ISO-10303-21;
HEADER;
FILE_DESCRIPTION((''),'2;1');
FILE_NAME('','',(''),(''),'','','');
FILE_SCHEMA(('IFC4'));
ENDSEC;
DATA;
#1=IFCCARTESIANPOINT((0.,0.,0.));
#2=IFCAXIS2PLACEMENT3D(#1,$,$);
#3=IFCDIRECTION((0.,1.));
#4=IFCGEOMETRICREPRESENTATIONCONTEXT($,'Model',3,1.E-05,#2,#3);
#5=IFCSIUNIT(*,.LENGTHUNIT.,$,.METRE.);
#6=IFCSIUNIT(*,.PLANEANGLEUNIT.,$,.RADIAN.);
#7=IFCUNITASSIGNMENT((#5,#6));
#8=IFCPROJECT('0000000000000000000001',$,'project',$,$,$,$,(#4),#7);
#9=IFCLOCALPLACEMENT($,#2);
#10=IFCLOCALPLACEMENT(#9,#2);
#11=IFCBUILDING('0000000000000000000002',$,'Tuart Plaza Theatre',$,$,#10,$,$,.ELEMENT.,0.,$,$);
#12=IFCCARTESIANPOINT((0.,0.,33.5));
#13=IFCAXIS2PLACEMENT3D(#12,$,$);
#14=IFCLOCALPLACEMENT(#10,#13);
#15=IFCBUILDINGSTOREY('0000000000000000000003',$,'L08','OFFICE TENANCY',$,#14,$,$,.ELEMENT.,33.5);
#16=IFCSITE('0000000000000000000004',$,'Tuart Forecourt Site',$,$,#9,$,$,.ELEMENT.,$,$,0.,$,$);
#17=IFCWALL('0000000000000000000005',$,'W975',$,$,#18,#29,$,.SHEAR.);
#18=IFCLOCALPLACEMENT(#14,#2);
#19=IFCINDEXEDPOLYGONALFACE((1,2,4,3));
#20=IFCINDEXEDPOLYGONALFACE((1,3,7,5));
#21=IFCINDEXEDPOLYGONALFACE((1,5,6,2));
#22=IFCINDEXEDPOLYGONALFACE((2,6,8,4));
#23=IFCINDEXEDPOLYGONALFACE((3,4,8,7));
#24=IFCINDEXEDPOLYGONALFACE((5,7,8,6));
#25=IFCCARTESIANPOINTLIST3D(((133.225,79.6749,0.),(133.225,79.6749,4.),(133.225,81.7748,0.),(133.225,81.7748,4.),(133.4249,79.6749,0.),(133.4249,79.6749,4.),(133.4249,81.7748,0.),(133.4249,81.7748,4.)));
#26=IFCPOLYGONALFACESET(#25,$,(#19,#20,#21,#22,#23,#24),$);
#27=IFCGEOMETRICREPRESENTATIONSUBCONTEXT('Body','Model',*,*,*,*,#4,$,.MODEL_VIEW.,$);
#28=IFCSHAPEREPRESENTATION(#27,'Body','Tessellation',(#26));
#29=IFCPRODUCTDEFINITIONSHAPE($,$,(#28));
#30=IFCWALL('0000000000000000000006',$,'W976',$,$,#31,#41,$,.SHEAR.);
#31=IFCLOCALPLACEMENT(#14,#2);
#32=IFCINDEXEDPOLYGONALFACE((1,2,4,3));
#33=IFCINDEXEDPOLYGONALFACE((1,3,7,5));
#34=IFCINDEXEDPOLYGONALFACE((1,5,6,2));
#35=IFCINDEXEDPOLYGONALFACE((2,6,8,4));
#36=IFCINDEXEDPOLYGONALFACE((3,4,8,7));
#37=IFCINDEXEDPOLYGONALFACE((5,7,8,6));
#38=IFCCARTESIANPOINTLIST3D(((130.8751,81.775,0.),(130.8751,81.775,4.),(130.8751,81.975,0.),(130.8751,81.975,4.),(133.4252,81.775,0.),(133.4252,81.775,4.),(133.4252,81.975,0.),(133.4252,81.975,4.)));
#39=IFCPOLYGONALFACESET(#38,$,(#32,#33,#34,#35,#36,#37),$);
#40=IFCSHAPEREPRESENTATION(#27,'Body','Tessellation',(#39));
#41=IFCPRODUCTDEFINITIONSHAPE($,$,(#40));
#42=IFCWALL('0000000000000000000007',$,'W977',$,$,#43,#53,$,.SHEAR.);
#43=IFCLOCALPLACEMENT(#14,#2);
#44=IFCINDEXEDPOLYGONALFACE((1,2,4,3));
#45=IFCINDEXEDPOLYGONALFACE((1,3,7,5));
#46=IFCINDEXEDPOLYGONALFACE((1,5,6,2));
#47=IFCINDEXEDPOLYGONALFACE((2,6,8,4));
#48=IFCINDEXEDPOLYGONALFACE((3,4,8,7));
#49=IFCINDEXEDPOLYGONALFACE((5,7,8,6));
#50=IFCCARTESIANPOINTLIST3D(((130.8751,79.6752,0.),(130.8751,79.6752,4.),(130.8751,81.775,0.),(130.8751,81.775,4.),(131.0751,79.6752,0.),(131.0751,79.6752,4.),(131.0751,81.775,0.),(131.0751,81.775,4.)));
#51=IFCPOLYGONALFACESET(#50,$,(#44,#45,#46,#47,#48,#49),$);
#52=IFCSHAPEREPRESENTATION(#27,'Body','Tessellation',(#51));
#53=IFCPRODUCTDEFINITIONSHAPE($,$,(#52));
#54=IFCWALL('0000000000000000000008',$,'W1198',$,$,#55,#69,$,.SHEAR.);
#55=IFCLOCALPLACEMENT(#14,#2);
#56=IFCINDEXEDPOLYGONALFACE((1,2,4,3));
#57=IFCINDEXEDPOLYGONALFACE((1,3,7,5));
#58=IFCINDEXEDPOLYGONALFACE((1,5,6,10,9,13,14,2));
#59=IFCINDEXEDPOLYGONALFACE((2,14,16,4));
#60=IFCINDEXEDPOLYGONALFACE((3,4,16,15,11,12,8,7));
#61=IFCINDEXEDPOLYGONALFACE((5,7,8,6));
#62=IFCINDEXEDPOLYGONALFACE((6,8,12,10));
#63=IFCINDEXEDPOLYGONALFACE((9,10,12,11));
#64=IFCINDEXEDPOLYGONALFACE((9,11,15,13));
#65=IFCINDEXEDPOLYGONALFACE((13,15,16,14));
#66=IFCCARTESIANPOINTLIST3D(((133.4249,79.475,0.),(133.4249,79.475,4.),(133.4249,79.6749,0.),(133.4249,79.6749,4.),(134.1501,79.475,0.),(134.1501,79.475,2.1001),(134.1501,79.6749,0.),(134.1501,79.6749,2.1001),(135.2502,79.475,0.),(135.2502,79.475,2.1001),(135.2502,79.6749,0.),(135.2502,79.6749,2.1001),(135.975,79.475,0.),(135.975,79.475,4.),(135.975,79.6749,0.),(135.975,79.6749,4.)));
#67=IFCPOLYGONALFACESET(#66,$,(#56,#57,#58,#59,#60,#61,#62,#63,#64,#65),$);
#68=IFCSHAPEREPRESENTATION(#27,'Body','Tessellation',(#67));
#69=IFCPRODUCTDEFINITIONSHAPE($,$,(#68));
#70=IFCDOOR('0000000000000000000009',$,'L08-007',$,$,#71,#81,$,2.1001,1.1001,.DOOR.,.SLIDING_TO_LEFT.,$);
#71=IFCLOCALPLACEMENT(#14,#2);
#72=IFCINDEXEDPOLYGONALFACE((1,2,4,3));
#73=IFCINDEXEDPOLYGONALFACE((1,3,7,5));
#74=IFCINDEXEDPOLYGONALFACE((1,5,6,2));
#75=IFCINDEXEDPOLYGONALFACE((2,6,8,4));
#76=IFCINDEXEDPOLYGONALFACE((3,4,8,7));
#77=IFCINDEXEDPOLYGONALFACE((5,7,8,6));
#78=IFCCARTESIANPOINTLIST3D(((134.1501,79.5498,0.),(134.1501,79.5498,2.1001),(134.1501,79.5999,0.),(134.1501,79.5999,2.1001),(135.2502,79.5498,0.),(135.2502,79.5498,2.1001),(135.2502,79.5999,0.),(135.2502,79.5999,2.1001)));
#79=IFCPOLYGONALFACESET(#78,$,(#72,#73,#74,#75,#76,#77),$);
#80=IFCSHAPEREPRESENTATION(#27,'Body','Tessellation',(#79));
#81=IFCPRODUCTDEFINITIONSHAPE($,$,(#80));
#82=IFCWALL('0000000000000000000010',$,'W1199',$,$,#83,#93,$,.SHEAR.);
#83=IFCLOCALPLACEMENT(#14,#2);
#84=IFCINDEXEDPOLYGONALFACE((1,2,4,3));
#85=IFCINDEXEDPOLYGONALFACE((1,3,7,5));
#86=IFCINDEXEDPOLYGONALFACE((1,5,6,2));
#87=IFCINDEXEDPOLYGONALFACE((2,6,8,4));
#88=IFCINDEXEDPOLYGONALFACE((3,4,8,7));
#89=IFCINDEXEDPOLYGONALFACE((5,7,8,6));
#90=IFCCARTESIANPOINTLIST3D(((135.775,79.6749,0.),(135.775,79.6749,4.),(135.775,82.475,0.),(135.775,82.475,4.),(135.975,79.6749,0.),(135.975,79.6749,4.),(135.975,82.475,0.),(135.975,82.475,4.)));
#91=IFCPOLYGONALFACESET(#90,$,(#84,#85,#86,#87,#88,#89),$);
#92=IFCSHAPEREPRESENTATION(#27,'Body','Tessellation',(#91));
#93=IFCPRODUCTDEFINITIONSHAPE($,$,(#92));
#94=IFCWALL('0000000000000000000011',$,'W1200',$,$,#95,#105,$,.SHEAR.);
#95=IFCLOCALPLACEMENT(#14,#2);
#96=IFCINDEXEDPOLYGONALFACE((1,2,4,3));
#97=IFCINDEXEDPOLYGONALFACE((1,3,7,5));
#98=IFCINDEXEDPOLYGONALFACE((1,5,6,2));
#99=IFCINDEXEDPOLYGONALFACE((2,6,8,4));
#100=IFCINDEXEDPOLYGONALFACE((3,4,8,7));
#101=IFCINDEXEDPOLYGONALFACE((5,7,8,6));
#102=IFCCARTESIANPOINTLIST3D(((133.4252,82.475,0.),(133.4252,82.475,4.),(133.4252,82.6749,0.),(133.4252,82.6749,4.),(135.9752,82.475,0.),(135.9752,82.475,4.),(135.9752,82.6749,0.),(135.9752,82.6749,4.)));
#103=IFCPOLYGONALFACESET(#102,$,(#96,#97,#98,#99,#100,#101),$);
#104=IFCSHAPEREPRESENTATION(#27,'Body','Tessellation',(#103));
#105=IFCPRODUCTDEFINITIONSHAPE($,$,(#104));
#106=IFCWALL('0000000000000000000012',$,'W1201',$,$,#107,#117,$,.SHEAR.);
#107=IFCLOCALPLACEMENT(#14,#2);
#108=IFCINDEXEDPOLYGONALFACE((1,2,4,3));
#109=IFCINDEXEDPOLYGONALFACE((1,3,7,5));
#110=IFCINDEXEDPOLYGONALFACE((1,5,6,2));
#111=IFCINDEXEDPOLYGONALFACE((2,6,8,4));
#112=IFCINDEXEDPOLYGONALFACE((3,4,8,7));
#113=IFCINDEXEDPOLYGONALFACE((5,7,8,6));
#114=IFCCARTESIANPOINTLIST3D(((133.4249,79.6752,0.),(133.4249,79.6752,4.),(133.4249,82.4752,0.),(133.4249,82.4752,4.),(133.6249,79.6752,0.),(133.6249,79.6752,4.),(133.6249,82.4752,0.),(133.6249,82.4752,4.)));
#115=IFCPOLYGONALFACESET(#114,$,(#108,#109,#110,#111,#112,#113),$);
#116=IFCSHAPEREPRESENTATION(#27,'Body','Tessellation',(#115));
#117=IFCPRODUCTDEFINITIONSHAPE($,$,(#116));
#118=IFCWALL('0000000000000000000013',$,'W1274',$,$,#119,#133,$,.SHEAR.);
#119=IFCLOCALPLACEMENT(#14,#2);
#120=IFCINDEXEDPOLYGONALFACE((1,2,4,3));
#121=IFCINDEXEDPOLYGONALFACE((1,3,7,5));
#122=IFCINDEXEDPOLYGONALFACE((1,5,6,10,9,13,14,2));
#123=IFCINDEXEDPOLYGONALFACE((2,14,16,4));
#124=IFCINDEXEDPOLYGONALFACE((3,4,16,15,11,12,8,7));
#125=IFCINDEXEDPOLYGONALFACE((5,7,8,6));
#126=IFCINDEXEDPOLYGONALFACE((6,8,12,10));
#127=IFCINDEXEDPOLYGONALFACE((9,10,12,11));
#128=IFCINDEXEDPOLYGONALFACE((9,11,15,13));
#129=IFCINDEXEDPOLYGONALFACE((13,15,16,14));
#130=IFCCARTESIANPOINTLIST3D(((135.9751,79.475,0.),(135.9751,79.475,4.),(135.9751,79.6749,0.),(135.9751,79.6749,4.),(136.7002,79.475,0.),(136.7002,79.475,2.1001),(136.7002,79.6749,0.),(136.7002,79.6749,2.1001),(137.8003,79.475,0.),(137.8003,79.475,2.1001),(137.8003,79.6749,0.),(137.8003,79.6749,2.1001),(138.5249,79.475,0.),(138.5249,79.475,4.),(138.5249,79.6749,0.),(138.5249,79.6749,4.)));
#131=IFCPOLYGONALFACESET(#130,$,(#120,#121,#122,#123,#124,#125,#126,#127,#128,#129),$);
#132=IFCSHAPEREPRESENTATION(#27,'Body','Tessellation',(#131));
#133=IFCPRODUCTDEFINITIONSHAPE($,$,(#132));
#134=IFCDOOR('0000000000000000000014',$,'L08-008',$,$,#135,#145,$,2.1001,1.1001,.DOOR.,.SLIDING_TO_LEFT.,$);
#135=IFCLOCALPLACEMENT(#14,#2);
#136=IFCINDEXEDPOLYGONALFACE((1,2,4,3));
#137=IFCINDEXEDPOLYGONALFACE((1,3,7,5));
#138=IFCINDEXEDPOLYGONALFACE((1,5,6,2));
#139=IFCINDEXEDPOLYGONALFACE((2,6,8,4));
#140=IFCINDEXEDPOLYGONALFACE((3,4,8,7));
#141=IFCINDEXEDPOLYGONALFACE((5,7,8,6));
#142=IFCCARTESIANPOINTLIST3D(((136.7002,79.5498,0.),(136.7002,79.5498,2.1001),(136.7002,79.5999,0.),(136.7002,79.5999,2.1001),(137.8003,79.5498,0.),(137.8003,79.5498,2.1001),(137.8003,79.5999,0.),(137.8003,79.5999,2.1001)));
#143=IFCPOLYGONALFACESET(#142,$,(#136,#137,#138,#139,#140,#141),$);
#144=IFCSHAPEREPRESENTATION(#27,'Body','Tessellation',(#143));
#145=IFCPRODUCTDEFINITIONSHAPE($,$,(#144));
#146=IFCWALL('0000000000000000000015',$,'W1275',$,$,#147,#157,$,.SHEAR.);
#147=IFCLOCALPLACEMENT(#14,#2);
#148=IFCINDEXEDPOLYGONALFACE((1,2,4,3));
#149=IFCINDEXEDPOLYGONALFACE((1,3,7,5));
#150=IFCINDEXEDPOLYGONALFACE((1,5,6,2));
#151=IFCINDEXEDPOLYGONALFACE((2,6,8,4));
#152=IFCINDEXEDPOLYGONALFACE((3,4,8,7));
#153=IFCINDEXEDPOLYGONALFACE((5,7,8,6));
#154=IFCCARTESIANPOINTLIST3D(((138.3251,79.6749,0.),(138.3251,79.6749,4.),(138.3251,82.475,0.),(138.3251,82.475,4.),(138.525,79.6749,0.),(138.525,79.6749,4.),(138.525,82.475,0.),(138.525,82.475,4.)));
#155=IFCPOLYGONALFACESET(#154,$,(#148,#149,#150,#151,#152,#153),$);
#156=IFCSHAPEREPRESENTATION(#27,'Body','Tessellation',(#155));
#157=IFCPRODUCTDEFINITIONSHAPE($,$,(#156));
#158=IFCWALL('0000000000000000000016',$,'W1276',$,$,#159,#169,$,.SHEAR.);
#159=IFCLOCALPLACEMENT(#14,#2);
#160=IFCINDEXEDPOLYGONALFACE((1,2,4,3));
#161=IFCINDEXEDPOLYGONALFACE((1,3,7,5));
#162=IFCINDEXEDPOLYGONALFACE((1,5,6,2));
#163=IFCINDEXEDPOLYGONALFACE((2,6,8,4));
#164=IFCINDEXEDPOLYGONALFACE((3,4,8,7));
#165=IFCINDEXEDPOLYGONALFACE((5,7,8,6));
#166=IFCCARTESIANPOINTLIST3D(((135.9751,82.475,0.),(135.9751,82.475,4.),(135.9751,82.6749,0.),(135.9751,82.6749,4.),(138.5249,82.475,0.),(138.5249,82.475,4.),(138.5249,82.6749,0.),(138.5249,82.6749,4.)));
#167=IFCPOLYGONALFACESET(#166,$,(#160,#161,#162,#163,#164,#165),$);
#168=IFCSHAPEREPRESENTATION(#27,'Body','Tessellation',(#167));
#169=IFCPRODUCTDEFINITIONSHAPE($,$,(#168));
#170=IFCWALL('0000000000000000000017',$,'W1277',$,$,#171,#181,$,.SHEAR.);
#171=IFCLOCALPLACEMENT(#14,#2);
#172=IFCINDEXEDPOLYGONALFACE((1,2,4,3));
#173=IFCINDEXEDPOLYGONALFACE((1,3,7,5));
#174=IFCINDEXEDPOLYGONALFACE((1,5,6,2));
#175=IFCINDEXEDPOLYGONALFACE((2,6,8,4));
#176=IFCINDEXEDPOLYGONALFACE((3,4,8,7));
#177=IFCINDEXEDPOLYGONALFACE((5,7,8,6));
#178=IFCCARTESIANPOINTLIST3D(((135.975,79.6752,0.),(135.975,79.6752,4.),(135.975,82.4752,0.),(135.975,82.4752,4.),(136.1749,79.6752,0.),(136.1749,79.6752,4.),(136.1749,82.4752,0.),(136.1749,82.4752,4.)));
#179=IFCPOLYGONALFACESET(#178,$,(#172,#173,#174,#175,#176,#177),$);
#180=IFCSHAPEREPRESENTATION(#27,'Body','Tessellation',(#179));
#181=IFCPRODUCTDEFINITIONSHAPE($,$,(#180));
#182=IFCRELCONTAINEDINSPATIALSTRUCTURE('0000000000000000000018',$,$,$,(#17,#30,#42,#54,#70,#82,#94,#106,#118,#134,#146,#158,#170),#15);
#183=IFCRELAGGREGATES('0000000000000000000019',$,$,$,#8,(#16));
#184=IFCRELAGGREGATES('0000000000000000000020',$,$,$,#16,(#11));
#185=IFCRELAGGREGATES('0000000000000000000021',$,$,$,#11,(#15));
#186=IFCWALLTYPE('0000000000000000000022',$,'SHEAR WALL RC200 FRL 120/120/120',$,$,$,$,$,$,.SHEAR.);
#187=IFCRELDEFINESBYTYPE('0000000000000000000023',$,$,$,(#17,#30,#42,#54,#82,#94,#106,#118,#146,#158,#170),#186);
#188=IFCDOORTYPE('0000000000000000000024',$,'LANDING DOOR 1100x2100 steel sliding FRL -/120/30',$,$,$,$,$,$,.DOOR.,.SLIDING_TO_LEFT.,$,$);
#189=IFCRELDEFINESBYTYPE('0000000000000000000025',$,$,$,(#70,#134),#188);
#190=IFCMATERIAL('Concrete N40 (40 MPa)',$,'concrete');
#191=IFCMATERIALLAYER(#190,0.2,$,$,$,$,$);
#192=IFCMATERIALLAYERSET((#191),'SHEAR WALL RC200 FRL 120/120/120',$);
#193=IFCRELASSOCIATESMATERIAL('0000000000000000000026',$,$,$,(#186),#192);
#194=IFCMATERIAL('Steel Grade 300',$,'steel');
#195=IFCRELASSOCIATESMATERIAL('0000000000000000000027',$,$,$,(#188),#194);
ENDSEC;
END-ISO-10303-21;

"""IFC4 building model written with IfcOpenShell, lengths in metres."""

from ifc_helpers import new_model, si_unit, direction, frame, frame_2d, origin, place, context, subcontext, project, spatial, rectangle, extrude, material, layer, layer_set, type_object, element, fill, save


model = new_model("IFC4")

# Units and contexts
model_context = context("Model", 3, precision=1e-05, world=origin(), true_north=direction((0.0, 1.0)))
body_context = subcontext(model_context, "Body", "Model", "MODEL_VIEW")
ifc_project = project(units=[si_unit("LENGTHUNIT", "METRE"), si_unit("PLANEANGLEUNIT", "RADIAN")], contexts=[model_context])

# Site, building, storey
site_placement = place(None, origin())
site = spatial("IfcSite", under=ifc_project, at=site_placement, Name="Tuart Forecourt Site", CompositionType="ELEMENT", RefElevation=0.0)
building_placement = place(site_placement, origin())
building = spatial("IfcBuilding", under=site, at=building_placement, Name="Tuart Plaza Theatre", CompositionType="ELEMENT", ElevationOfRefHeight=0.0)
storey_placement = place(building_placement, frame((0.0, 0.0, 33.5)))
storey = spatial("IfcBuildingStorey", under=building, at=storey_placement, Name="L08", Description="OFFICE TENANCY", CompositionType="ELEMENT", Elevation=33.5)

# Walls
ifc_material_1 = material(Name="Concrete N40 (40 MPa)", Category="concrete")
ifc_layer_1 = layer(ifc_material_1, 0.2)
ifc_layer_set_1 = layer_set([ifc_layer_1], Name="SHEAR WALL RC200 FRL 120/120/120")
wall_type_1 = type_object("IfcWallType", Name="SHEAR WALL RC200 FRL 120/120/120", PredefinedType="SHEAR", material=ifc_layer_set_1)
wall_1_placement = place(storey_placement, frame((133.325, 79.675, 0.0), z_axis=(0.0, 0.0, 1.0), x_axis=(0.0, 1.0, 0.0)))
element("IfcWall", 1, at=wall_1_placement, inside=storey, type_object=wall_type_1, Name="W975", PredefinedType="SHEAR", context=body_context, shape_type="SweptSolid", body=[
    extrude(rectangle(XDim=2.0999, YDim=0.2, at=frame_2d((1.0498, 0.0))), origin(), (0.0, 0.0, 1.0), 4.0),
])
wall_2_placement = place(storey_placement, frame((133.425, 81.875, 0.0), z_axis=(0.0, 0.0, 1.0), x_axis=(-1.0, 0.0, 0.0)))
element("IfcWall", 2, at=wall_2_placement, inside=storey, type_object=wall_type_1, Name="W976", PredefinedType="SHEAR", context=body_context, shape_type="SweptSolid", body=[
    extrude(rectangle(XDim=2.55, YDim=0.2, at=frame_2d((1.2749, 0.0))), origin(), (0.0, 0.0, 1.0), 4.0),
])
wall_3_placement = place(storey_placement, frame((130.9751, 81.7749, 0.0), z_axis=(0.0, 0.0, 1.0), x_axis=(0.0, -1.0, 0.0)))
element("IfcWall", 3, at=wall_3_placement, inside=storey, type_object=wall_type_1, Name="W977", PredefinedType="SHEAR", context=body_context, shape_type="SweptSolid", body=[
    extrude(rectangle(XDim=2.0999, YDim=0.2, at=frame_2d((1.0498, 0.0))), origin(), (0.0, 0.0, 1.0), 4.0),
])

# Wall, opening, door
wall_4_placement = place(storey_placement, frame((133.425, 79.575, 0.0), z_axis=(0.0, 0.0, 1.0), x_axis=(1.0, 0.0, 0.0)))
wall_4 = element("IfcWall", 4, at=wall_4_placement, inside=storey, type_object=wall_type_1, Name="W1198", PredefinedType="SHEAR", context=body_context, shape_type="SweptSolid", body=[
    extrude(rectangle(XDim=2.55, YDim=0.2, at=frame_2d((1.2749, 0.0))), origin(), (0.0, 0.0, 1.0), 4.0),
])
opening_1_placement = place(wall_4_placement, frame((0.7251, 0.0, 0.0)))
opening_1 = element("IfcOpeningElement", 5, at=opening_1_placement, cuts=wall_4, PredefinedType="OPENING", context=body_context, shape_type="SweptSolid", body=[
    extrude(rectangle(XDim=1.1001, YDim=2.1001, at=frame_2d((0.55, 1.05))), frame((0.0, 0.1099, 0.0), z_axis=(0.0, -1.0, 0.0), x_axis=(1.0, 0.0, 0.0)), (0.0, 0.0, 1.0), 0.22),
])
ifc_material_2 = material(Name="Steel Grade 300", Category="steel")
door_type_1 = type_object("IfcDoorType", Name="LANDING DOOR 1100x2100 steel sliding FRL -/120/30", OperationType="SLIDING_TO_LEFT", PredefinedType="DOOR", material=ifc_material_2)
door_1_placement = place(opening_1_placement, origin())
door_1 = element("IfcDoor", 6, at=door_1_placement, inside=storey, type_object=door_type_1, Name="L08-007", OperationType="SLIDING_TO_LEFT", OverallHeight=2.1001, OverallWidth=1.1001, PredefinedType="DOOR", context=body_context, shape_type="SweptSolid", body=[
    extrude(rectangle(XDim=1.1001, YDim=2.1001, at=frame_2d((0.55, 1.05))), frame((0.0, 0.0249, 0.0), z_axis=(0.0, -1.0, 0.0), x_axis=(1.0, 0.0, 0.0)), (0.0, 0.0, 1.0), 0.05),
])
fill(opening_1, door_1)

# Walls
wall_5_placement = place(storey_placement, frame((135.875, 79.675, 0.0), z_axis=(0.0, 0.0, 1.0), x_axis=(0.0, 1.0, 0.0)))
element("IfcWall", 7, at=wall_5_placement, inside=storey, type_object=wall_type_1, Name="W1199", PredefinedType="SHEAR", context=body_context, shape_type="SweptSolid", body=[
    extrude(rectangle(XDim=2.8, YDim=0.2, at=frame_2d((1.3999, 0.0))), origin(), (0.0, 0.0, 1.0), 4.0),
])
wall_6_placement = place(storey_placement, frame((135.9751, 82.575, 0.0), z_axis=(0.0, 0.0, 1.0), x_axis=(-1.0, 0.0, 0.0)))
element("IfcWall", 8, at=wall_6_placement, inside=storey, type_object=wall_type_1, Name="W1200", PredefinedType="SHEAR", context=body_context, shape_type="SweptSolid", body=[
    extrude(rectangle(XDim=2.55, YDim=0.2, at=frame_2d((1.2749, 0.0))), origin(), (0.0, 0.0, 1.0), 4.0),
])
wall_7_placement = place(storey_placement, frame((133.5249, 82.4751, 0.0), z_axis=(0.0, 0.0, 1.0), x_axis=(0.0, -1.0, 0.0)))
element("IfcWall", 9, at=wall_7_placement, inside=storey, type_object=wall_type_1, Name="W1201", PredefinedType="SHEAR", context=body_context, shape_type="SweptSolid", body=[
    extrude(rectangle(XDim=2.8, YDim=0.2, at=frame_2d((1.3999, 0.0))), origin(), (0.0, 0.0, 1.0), 4.0),
])

# Wall, opening, door
wall_8_placement = place(storey_placement, frame((135.9751, 79.575, 0.0), z_axis=(0.0, 0.0, 1.0), x_axis=(1.0, 0.0, 0.0)))
wall_8 = element("IfcWall", 10, at=wall_8_placement, inside=storey, type_object=wall_type_1, Name="W1274", PredefinedType="SHEAR", context=body_context, shape_type="SweptSolid", body=[
    extrude(rectangle(XDim=2.5498, YDim=0.2, at=frame_2d((1.2749, 0.0))), origin(), (0.0, 0.0, 1.0), 4.0),
])
opening_2_placement = place(wall_8_placement, frame((0.7251, 0.0, 0.0)))
opening_2 = element("IfcOpeningElement", 11, at=opening_2_placement, cuts=wall_8, PredefinedType="OPENING", context=body_context, shape_type="SweptSolid", body=[
    extrude(rectangle(XDim=1.1001, YDim=2.1001, at=frame_2d((0.55, 1.05))), frame((0.0, 0.1099, 0.0), z_axis=(0.0, -1.0, 0.0), x_axis=(1.0, 0.0, 0.0)), (0.0, 0.0, 1.0), 0.22),
])
door_2_placement = place(opening_2_placement, origin())
door_2 = element("IfcDoor", 12, at=door_2_placement, inside=storey, type_object=door_type_1, Name="L08-008", OperationType="SLIDING_TO_LEFT", OverallHeight=2.1001, OverallWidth=1.1001, PredefinedType="DOOR", context=body_context, shape_type="SweptSolid", body=[
    extrude(rectangle(XDim=1.1001, YDim=2.1001, at=frame_2d((0.55, 1.05))), frame((0.0, 0.0249, 0.0), z_axis=(0.0, -1.0, 0.0), x_axis=(1.0, 0.0, 0.0)), (0.0, 0.0, 1.0), 0.05),
])
fill(opening_2, door_2)

# Walls
wall_9_placement = place(storey_placement, frame((138.425, 79.675, 0.0), z_axis=(0.0, 0.0, 1.0), x_axis=(0.0, 1.0, 0.0)))
element("IfcWall", 13, at=wall_9_placement, inside=storey, type_object=wall_type_1, Name="W1275", PredefinedType="SHEAR", context=body_context, shape_type="SweptSolid", body=[
    extrude(rectangle(XDim=2.8, YDim=0.2, at=frame_2d((1.3999, 0.0))), origin(), (0.0, 0.0, 1.0), 4.0),
])
wall_10_placement = place(storey_placement, frame((138.5249, 82.575, 0.0), z_axis=(0.0, 0.0, 1.0), x_axis=(-1.0, 0.0, 0.0)))
element("IfcWall", 14, at=wall_10_placement, inside=storey, type_object=wall_type_1, Name="W1276", PredefinedType="SHEAR", context=body_context, shape_type="SweptSolid", body=[
    extrude(rectangle(XDim=2.5498, YDim=0.2, at=frame_2d((1.2749, 0.0))), origin(), (0.0, 0.0, 1.0), 4.0),
])
wall_11_placement = place(storey_placement, frame((136.075, 82.4751, 0.0), z_axis=(0.0, 0.0, 1.0), x_axis=(0.0, -1.0, 0.0)))
element("IfcWall", 15, at=wall_11_placement, inside=storey, type_object=wall_type_1, Name="W1277", PredefinedType="SHEAR", context=body_context, shape_type="SweptSolid", body=[
    extrude(rectangle(XDim=2.8, YDim=0.2, at=frame_2d((1.3999, 0.0))), origin(), (0.0, 0.0, 1.0), 4.0),
])

save(model, "model.ifc")
